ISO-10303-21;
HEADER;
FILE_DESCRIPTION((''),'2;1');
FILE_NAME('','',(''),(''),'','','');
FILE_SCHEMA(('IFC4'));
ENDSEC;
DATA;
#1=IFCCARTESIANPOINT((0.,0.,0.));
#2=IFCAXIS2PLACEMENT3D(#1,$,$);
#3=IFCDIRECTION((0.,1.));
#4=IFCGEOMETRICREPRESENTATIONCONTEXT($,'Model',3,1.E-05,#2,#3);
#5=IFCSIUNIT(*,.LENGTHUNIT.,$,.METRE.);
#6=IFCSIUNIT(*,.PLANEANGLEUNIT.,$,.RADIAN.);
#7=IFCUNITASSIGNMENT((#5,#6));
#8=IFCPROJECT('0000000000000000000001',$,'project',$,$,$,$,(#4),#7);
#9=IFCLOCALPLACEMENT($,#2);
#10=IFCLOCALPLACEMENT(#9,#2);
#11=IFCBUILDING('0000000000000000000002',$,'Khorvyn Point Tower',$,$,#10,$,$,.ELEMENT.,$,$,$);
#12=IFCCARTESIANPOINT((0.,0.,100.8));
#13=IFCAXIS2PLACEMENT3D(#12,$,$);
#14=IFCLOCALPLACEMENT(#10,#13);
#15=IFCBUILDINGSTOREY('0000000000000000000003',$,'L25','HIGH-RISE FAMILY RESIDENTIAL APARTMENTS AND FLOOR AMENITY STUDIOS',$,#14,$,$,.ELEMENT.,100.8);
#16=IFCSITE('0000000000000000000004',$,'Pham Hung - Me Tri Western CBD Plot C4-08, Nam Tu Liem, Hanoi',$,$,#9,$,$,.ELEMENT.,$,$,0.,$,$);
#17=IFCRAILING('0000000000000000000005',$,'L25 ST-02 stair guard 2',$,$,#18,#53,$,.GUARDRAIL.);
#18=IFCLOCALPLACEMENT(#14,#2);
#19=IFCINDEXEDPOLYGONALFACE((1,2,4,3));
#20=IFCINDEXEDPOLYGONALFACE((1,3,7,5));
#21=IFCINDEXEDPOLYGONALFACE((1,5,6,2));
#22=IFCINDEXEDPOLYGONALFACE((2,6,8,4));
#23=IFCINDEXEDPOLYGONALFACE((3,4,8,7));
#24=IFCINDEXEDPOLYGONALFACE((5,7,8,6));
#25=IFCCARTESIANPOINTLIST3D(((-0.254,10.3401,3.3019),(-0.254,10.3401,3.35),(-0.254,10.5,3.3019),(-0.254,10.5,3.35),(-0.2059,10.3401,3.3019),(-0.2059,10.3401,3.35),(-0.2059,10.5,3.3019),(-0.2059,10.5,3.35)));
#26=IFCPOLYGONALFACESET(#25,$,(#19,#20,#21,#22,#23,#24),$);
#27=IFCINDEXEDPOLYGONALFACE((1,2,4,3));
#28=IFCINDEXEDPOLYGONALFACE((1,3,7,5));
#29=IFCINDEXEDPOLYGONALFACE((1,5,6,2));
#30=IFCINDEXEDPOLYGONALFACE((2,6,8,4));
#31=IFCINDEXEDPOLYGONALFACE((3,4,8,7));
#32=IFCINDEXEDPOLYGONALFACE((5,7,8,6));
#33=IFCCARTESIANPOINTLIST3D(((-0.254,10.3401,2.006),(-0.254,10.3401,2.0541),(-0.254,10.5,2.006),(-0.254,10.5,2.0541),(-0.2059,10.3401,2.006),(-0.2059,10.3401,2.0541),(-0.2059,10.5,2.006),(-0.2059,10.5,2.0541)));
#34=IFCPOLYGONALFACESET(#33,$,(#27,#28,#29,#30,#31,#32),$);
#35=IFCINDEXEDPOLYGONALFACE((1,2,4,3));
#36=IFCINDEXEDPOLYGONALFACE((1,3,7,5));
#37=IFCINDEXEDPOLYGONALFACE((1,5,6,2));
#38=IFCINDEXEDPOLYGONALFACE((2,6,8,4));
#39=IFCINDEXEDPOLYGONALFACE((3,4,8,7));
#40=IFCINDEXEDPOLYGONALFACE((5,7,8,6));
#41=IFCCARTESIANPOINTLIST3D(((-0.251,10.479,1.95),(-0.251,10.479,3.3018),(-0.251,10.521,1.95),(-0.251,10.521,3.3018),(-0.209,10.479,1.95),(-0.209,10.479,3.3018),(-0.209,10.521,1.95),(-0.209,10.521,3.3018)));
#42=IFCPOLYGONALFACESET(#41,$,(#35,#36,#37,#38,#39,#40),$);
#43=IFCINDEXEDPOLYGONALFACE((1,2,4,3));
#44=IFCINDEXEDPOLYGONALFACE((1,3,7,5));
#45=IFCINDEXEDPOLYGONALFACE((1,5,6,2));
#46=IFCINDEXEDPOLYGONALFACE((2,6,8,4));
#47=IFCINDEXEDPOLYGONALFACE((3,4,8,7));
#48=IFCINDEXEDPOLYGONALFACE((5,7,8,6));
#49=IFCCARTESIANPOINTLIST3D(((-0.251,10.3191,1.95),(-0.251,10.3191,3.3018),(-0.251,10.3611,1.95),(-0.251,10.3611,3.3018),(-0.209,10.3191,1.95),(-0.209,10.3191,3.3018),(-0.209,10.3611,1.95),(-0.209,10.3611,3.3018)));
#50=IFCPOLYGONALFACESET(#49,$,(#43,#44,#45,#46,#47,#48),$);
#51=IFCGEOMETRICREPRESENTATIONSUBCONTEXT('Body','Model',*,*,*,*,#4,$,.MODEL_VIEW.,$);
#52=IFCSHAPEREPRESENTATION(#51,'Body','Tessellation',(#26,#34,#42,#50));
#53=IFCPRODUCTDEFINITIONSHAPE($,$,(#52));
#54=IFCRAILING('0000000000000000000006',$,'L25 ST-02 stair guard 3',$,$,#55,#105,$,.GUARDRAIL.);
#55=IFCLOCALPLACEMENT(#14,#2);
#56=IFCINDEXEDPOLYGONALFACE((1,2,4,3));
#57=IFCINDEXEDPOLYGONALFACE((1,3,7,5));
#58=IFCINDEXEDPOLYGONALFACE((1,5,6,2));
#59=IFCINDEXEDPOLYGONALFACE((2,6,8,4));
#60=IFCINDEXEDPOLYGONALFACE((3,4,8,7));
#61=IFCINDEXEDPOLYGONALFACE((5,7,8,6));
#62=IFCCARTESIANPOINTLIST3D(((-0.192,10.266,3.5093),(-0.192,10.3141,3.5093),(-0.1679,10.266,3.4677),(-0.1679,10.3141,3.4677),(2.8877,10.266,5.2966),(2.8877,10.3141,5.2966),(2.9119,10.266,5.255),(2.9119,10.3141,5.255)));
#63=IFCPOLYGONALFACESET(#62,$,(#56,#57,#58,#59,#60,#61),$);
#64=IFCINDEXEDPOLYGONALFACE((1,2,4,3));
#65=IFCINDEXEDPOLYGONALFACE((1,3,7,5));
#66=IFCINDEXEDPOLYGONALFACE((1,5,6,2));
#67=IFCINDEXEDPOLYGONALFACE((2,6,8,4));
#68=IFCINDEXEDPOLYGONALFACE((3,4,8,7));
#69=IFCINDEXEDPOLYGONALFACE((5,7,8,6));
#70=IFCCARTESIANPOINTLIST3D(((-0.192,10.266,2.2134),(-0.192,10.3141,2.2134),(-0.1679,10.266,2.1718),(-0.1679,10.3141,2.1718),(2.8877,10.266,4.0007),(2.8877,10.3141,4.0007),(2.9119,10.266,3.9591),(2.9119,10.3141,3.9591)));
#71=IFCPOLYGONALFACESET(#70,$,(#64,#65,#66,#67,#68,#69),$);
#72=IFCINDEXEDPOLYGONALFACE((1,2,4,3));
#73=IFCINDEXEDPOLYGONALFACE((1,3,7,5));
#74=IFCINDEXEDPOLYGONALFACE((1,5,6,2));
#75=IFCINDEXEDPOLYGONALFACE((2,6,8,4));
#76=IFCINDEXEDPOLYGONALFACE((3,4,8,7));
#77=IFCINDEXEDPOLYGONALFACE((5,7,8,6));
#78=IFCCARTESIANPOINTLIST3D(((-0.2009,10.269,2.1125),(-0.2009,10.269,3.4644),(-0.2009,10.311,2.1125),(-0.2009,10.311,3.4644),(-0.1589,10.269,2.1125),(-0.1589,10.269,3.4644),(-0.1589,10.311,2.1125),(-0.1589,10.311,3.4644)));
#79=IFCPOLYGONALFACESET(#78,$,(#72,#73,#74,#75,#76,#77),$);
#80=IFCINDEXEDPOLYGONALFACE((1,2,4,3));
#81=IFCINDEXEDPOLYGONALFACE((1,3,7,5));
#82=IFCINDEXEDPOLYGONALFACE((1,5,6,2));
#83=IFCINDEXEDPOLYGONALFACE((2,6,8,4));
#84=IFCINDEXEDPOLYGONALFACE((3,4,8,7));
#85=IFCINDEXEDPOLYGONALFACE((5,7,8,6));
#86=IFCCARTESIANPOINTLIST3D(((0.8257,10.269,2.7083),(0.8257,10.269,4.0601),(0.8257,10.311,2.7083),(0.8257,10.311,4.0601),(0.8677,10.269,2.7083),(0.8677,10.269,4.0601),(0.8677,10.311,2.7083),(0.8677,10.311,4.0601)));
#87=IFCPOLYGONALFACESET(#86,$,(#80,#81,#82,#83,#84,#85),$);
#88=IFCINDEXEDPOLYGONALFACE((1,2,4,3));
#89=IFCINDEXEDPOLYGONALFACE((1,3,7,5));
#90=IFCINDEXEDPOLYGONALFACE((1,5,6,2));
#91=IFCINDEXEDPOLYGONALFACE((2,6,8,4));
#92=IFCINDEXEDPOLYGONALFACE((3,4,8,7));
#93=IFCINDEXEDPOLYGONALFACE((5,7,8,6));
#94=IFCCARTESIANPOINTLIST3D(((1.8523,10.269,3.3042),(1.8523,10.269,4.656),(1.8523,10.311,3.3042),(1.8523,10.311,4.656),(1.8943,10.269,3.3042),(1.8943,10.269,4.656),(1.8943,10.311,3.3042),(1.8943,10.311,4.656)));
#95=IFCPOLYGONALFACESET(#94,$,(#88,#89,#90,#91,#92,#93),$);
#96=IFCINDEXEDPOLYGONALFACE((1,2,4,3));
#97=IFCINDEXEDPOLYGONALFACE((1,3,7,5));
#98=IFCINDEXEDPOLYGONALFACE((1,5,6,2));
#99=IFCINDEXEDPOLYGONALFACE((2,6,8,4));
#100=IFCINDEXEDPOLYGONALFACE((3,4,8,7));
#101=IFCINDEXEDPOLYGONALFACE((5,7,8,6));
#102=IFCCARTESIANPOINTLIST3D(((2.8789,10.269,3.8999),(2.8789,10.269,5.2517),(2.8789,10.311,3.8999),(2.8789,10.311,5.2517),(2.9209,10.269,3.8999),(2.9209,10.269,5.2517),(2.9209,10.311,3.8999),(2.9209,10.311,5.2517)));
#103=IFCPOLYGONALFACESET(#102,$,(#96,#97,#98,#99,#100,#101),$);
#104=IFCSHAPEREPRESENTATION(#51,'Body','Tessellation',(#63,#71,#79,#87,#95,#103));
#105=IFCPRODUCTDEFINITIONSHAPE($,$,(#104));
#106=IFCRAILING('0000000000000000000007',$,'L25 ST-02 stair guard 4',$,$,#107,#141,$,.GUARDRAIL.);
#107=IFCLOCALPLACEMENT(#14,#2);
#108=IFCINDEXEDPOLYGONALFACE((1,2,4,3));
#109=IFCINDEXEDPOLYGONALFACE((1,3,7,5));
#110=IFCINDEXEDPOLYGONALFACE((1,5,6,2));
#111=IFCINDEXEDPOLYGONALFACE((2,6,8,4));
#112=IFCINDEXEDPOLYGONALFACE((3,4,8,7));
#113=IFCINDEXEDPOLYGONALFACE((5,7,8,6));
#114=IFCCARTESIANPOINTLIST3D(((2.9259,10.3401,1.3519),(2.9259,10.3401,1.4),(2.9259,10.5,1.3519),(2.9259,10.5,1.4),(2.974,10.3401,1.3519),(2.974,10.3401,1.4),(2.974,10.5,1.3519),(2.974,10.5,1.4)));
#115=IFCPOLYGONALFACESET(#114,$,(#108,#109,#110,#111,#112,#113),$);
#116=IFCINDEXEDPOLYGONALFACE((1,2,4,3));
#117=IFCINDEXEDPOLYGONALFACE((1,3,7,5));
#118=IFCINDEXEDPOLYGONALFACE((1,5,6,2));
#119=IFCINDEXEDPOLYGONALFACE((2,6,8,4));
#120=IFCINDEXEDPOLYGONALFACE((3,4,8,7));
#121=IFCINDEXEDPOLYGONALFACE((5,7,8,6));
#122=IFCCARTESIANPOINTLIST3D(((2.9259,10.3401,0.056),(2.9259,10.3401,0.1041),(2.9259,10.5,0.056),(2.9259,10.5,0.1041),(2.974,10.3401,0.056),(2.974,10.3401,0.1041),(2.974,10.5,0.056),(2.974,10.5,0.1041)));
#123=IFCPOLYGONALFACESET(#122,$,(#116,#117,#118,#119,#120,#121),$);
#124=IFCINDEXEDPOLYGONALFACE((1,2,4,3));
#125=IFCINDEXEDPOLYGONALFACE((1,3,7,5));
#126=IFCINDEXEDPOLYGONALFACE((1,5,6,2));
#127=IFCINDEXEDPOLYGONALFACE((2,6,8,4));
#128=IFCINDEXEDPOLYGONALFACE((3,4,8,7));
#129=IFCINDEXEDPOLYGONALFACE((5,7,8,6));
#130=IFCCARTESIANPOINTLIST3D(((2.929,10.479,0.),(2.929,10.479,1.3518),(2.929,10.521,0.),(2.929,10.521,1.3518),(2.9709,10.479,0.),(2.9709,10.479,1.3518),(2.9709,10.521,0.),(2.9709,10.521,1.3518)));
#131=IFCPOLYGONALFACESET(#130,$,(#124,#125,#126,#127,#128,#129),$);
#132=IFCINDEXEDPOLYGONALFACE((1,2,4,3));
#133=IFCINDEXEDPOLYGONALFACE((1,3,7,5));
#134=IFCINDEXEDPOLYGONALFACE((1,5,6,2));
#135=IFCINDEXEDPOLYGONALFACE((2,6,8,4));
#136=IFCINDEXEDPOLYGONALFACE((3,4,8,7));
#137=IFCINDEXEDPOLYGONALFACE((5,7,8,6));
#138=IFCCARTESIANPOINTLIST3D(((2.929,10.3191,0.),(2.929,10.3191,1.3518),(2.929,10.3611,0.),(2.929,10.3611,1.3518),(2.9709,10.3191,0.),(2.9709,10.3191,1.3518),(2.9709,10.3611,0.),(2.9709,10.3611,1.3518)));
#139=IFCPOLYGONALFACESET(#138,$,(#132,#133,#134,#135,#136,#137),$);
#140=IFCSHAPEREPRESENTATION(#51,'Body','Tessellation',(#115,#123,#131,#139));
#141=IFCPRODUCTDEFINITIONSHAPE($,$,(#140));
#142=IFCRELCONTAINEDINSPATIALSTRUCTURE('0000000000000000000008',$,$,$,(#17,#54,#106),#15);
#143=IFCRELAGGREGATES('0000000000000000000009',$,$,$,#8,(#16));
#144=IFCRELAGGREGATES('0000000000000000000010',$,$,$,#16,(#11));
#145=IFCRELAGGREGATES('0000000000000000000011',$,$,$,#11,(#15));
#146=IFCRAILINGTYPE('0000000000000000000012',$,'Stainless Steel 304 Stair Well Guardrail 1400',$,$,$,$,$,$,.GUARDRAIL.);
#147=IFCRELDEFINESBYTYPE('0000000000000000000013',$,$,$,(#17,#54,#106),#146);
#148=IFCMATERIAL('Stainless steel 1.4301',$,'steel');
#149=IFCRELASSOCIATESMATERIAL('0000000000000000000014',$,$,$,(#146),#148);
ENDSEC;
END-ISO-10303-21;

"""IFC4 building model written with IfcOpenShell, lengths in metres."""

from ifc_helpers import new_model, si_unit, direction, frame, origin, origin_2d, place, context, subcontext, project, spatial, rectangle, extrude, material, type_object, element, save


model = new_model("IFC4")

# Units and contexts
model_context = context("Model", 3, precision=1e-05, world=origin(), true_north=direction((0.0, 1.0)))
body_context = subcontext(model_context, "Body", "Model", "MODEL_VIEW")
ifc_project = project(units=[si_unit("LENGTHUNIT", "METRE"), si_unit("PLANEANGLEUNIT", "RADIAN")], contexts=[model_context])

# Site, building, storey
site_placement = place(None, origin())
site = spatial("IfcSite", under=ifc_project, at=site_placement, Name="Pham Hung - Me Tri Western CBD Plot C4-08, Nam Tu Liem, Hanoi", CompositionType="ELEMENT", RefElevation=0.0)
building_placement = place(site_placement, origin())
building = spatial("IfcBuilding", under=site, at=building_placement, Name="Khorvyn Point Tower", CompositionType="ELEMENT")
storey_placement = place(building_placement, frame((0.0, 0.0, 100.8)))
storey = spatial("IfcBuildingStorey", under=building, at=storey_placement, Name="L25", Description="HIGH-RISE FAMILY RESIDENTIAL APARTMENTS AND FLOOR AMENITY STUDIOS", CompositionType="ELEMENT", Elevation=100.8)

# Shared definitions
ifc_material_1 = material(Name="Stainless steel 1.4301", Category="steel")

# Railings
railing_type_1 = type_object("IfcRailingType", Name="Stainless Steel 304 Stair Well Guardrail 1400", PredefinedType="GUARDRAIL", material=ifc_material_1)
railing_1_placement = place(storey_placement, frame((-0.23, 10.5, 1.95)))
element("IfcRailing", 1, at=railing_1_placement, inside=storey, type_object=railing_type_1, Name="L25 ST-02 stair guard 2", PredefinedType="GUARDRAIL", context=body_context, shape_type="SweptSolid", body=[
    extrude(rectangle(XDim=0.0481, YDim=0.0481, at=origin_2d()), frame((0.0, 0.0, 1.376), z_axis=(0.0, -1.0, 0.0), x_axis=(1.0, 0.0, 0.0)), (0.0, 0.0, 1.0), 0.1599),
    extrude(rectangle(XDim=0.0481, YDim=0.0481, at=origin_2d()), frame((0.0, 0.0, 0.0801), z_axis=(0.0, -1.0, 0.0), x_axis=(1.0, 0.0, 0.0)), (0.0, 0.0, 1.0), 0.1599),
    extrude(rectangle(XDim=0.042, YDim=0.042, at=origin_2d()), origin(), (0.0, 0.0, 1.0), 1.3518),
    extrude(rectangle(XDim=0.042, YDim=0.042, at=origin_2d()), frame((0.0, -0.1599, 0.0)), (0.0, 0.0, 1.0), 1.3518),
])
railing_2_placement = place(storey_placement, frame((-0.1799, 10.29, 2.1125)))
element("IfcRailing", 2, at=railing_2_placement, inside=storey, type_object=railing_type_1, Name="L25 ST-02 stair guard 3", PredefinedType="GUARDRAIL", context=body_context, shape_type="SweptSolid", body=[
    extrude(rectangle(XDim=0.0481, YDim=0.0481, at=origin_2d()), frame((0.0, 0.0, 1.376), z_axis=(0.864903, 0.0, 0.501939), x_axis=(0.0, 1.0, 0.0)), (0.0, 0.0, 1.0), 3.5608),
    extrude(rectangle(XDim=0.0481, YDim=0.0481, at=origin_2d()), frame((0.0, 0.0, 0.0801), z_axis=(0.864903, 0.0, 0.501939), x_axis=(0.0, 1.0, 0.0)), (0.0, 0.0, 1.0), 3.5608),
    extrude(rectangle(XDim=0.042, YDim=0.042, at=origin_2d()), origin(), (0.0, 0.0, 1.0), 1.3518),
    extrude(rectangle(XDim=0.042, YDim=0.042, at=origin_2d()), frame((1.0266, 0.0, 0.5957)), (0.0, 0.0, 1.0), 1.3518),
    extrude(rectangle(XDim=0.042, YDim=0.042, at=origin_2d()), frame((2.0532, 0.0, 1.1917)), (0.0, 0.0, 1.0), 1.3518),
    extrude(rectangle(XDim=0.042, YDim=0.042, at=origin_2d()), frame((3.0798, 0.0, 1.7874)), (0.0, 0.0, 1.0), 1.3518),
])
railing_3_placement = place(storey_placement, frame((2.95, 10.5, 0.0)))
element("IfcRailing", 3, at=railing_3_placement, inside=storey, type_object=railing_type_1, Name="L25 ST-02 stair guard 4", PredefinedType="GUARDRAIL", context=body_context, shape_type="SweptSolid", body=[
    extrude(rectangle(XDim=0.0481, YDim=0.0481, at=origin_2d()), frame((0.0, 0.0, 1.376), z_axis=(0.0, -1.0, 0.0), x_axis=(1.0, 0.0, 0.0)), (0.0, 0.0, 1.0), 0.1599),
    extrude(rectangle(XDim=0.0481, YDim=0.0481, at=origin_2d()), frame((0.0, 0.0, 0.0801), z_axis=(0.0, -1.0, 0.0), x_axis=(1.0, 0.0, 0.0)), (0.0, 0.0, 1.0), 0.1599),
    extrude(rectangle(XDim=0.042, YDim=0.042, at=origin_2d()), origin(), (0.0, 0.0, 1.0), 1.3518),
    extrude(rectangle(XDim=0.042, YDim=0.042, at=origin_2d()), frame((0.0, -0.1599, 0.0)), (0.0, 0.0, 1.0), 1.3518),
])

save(model, "model.ifc")
